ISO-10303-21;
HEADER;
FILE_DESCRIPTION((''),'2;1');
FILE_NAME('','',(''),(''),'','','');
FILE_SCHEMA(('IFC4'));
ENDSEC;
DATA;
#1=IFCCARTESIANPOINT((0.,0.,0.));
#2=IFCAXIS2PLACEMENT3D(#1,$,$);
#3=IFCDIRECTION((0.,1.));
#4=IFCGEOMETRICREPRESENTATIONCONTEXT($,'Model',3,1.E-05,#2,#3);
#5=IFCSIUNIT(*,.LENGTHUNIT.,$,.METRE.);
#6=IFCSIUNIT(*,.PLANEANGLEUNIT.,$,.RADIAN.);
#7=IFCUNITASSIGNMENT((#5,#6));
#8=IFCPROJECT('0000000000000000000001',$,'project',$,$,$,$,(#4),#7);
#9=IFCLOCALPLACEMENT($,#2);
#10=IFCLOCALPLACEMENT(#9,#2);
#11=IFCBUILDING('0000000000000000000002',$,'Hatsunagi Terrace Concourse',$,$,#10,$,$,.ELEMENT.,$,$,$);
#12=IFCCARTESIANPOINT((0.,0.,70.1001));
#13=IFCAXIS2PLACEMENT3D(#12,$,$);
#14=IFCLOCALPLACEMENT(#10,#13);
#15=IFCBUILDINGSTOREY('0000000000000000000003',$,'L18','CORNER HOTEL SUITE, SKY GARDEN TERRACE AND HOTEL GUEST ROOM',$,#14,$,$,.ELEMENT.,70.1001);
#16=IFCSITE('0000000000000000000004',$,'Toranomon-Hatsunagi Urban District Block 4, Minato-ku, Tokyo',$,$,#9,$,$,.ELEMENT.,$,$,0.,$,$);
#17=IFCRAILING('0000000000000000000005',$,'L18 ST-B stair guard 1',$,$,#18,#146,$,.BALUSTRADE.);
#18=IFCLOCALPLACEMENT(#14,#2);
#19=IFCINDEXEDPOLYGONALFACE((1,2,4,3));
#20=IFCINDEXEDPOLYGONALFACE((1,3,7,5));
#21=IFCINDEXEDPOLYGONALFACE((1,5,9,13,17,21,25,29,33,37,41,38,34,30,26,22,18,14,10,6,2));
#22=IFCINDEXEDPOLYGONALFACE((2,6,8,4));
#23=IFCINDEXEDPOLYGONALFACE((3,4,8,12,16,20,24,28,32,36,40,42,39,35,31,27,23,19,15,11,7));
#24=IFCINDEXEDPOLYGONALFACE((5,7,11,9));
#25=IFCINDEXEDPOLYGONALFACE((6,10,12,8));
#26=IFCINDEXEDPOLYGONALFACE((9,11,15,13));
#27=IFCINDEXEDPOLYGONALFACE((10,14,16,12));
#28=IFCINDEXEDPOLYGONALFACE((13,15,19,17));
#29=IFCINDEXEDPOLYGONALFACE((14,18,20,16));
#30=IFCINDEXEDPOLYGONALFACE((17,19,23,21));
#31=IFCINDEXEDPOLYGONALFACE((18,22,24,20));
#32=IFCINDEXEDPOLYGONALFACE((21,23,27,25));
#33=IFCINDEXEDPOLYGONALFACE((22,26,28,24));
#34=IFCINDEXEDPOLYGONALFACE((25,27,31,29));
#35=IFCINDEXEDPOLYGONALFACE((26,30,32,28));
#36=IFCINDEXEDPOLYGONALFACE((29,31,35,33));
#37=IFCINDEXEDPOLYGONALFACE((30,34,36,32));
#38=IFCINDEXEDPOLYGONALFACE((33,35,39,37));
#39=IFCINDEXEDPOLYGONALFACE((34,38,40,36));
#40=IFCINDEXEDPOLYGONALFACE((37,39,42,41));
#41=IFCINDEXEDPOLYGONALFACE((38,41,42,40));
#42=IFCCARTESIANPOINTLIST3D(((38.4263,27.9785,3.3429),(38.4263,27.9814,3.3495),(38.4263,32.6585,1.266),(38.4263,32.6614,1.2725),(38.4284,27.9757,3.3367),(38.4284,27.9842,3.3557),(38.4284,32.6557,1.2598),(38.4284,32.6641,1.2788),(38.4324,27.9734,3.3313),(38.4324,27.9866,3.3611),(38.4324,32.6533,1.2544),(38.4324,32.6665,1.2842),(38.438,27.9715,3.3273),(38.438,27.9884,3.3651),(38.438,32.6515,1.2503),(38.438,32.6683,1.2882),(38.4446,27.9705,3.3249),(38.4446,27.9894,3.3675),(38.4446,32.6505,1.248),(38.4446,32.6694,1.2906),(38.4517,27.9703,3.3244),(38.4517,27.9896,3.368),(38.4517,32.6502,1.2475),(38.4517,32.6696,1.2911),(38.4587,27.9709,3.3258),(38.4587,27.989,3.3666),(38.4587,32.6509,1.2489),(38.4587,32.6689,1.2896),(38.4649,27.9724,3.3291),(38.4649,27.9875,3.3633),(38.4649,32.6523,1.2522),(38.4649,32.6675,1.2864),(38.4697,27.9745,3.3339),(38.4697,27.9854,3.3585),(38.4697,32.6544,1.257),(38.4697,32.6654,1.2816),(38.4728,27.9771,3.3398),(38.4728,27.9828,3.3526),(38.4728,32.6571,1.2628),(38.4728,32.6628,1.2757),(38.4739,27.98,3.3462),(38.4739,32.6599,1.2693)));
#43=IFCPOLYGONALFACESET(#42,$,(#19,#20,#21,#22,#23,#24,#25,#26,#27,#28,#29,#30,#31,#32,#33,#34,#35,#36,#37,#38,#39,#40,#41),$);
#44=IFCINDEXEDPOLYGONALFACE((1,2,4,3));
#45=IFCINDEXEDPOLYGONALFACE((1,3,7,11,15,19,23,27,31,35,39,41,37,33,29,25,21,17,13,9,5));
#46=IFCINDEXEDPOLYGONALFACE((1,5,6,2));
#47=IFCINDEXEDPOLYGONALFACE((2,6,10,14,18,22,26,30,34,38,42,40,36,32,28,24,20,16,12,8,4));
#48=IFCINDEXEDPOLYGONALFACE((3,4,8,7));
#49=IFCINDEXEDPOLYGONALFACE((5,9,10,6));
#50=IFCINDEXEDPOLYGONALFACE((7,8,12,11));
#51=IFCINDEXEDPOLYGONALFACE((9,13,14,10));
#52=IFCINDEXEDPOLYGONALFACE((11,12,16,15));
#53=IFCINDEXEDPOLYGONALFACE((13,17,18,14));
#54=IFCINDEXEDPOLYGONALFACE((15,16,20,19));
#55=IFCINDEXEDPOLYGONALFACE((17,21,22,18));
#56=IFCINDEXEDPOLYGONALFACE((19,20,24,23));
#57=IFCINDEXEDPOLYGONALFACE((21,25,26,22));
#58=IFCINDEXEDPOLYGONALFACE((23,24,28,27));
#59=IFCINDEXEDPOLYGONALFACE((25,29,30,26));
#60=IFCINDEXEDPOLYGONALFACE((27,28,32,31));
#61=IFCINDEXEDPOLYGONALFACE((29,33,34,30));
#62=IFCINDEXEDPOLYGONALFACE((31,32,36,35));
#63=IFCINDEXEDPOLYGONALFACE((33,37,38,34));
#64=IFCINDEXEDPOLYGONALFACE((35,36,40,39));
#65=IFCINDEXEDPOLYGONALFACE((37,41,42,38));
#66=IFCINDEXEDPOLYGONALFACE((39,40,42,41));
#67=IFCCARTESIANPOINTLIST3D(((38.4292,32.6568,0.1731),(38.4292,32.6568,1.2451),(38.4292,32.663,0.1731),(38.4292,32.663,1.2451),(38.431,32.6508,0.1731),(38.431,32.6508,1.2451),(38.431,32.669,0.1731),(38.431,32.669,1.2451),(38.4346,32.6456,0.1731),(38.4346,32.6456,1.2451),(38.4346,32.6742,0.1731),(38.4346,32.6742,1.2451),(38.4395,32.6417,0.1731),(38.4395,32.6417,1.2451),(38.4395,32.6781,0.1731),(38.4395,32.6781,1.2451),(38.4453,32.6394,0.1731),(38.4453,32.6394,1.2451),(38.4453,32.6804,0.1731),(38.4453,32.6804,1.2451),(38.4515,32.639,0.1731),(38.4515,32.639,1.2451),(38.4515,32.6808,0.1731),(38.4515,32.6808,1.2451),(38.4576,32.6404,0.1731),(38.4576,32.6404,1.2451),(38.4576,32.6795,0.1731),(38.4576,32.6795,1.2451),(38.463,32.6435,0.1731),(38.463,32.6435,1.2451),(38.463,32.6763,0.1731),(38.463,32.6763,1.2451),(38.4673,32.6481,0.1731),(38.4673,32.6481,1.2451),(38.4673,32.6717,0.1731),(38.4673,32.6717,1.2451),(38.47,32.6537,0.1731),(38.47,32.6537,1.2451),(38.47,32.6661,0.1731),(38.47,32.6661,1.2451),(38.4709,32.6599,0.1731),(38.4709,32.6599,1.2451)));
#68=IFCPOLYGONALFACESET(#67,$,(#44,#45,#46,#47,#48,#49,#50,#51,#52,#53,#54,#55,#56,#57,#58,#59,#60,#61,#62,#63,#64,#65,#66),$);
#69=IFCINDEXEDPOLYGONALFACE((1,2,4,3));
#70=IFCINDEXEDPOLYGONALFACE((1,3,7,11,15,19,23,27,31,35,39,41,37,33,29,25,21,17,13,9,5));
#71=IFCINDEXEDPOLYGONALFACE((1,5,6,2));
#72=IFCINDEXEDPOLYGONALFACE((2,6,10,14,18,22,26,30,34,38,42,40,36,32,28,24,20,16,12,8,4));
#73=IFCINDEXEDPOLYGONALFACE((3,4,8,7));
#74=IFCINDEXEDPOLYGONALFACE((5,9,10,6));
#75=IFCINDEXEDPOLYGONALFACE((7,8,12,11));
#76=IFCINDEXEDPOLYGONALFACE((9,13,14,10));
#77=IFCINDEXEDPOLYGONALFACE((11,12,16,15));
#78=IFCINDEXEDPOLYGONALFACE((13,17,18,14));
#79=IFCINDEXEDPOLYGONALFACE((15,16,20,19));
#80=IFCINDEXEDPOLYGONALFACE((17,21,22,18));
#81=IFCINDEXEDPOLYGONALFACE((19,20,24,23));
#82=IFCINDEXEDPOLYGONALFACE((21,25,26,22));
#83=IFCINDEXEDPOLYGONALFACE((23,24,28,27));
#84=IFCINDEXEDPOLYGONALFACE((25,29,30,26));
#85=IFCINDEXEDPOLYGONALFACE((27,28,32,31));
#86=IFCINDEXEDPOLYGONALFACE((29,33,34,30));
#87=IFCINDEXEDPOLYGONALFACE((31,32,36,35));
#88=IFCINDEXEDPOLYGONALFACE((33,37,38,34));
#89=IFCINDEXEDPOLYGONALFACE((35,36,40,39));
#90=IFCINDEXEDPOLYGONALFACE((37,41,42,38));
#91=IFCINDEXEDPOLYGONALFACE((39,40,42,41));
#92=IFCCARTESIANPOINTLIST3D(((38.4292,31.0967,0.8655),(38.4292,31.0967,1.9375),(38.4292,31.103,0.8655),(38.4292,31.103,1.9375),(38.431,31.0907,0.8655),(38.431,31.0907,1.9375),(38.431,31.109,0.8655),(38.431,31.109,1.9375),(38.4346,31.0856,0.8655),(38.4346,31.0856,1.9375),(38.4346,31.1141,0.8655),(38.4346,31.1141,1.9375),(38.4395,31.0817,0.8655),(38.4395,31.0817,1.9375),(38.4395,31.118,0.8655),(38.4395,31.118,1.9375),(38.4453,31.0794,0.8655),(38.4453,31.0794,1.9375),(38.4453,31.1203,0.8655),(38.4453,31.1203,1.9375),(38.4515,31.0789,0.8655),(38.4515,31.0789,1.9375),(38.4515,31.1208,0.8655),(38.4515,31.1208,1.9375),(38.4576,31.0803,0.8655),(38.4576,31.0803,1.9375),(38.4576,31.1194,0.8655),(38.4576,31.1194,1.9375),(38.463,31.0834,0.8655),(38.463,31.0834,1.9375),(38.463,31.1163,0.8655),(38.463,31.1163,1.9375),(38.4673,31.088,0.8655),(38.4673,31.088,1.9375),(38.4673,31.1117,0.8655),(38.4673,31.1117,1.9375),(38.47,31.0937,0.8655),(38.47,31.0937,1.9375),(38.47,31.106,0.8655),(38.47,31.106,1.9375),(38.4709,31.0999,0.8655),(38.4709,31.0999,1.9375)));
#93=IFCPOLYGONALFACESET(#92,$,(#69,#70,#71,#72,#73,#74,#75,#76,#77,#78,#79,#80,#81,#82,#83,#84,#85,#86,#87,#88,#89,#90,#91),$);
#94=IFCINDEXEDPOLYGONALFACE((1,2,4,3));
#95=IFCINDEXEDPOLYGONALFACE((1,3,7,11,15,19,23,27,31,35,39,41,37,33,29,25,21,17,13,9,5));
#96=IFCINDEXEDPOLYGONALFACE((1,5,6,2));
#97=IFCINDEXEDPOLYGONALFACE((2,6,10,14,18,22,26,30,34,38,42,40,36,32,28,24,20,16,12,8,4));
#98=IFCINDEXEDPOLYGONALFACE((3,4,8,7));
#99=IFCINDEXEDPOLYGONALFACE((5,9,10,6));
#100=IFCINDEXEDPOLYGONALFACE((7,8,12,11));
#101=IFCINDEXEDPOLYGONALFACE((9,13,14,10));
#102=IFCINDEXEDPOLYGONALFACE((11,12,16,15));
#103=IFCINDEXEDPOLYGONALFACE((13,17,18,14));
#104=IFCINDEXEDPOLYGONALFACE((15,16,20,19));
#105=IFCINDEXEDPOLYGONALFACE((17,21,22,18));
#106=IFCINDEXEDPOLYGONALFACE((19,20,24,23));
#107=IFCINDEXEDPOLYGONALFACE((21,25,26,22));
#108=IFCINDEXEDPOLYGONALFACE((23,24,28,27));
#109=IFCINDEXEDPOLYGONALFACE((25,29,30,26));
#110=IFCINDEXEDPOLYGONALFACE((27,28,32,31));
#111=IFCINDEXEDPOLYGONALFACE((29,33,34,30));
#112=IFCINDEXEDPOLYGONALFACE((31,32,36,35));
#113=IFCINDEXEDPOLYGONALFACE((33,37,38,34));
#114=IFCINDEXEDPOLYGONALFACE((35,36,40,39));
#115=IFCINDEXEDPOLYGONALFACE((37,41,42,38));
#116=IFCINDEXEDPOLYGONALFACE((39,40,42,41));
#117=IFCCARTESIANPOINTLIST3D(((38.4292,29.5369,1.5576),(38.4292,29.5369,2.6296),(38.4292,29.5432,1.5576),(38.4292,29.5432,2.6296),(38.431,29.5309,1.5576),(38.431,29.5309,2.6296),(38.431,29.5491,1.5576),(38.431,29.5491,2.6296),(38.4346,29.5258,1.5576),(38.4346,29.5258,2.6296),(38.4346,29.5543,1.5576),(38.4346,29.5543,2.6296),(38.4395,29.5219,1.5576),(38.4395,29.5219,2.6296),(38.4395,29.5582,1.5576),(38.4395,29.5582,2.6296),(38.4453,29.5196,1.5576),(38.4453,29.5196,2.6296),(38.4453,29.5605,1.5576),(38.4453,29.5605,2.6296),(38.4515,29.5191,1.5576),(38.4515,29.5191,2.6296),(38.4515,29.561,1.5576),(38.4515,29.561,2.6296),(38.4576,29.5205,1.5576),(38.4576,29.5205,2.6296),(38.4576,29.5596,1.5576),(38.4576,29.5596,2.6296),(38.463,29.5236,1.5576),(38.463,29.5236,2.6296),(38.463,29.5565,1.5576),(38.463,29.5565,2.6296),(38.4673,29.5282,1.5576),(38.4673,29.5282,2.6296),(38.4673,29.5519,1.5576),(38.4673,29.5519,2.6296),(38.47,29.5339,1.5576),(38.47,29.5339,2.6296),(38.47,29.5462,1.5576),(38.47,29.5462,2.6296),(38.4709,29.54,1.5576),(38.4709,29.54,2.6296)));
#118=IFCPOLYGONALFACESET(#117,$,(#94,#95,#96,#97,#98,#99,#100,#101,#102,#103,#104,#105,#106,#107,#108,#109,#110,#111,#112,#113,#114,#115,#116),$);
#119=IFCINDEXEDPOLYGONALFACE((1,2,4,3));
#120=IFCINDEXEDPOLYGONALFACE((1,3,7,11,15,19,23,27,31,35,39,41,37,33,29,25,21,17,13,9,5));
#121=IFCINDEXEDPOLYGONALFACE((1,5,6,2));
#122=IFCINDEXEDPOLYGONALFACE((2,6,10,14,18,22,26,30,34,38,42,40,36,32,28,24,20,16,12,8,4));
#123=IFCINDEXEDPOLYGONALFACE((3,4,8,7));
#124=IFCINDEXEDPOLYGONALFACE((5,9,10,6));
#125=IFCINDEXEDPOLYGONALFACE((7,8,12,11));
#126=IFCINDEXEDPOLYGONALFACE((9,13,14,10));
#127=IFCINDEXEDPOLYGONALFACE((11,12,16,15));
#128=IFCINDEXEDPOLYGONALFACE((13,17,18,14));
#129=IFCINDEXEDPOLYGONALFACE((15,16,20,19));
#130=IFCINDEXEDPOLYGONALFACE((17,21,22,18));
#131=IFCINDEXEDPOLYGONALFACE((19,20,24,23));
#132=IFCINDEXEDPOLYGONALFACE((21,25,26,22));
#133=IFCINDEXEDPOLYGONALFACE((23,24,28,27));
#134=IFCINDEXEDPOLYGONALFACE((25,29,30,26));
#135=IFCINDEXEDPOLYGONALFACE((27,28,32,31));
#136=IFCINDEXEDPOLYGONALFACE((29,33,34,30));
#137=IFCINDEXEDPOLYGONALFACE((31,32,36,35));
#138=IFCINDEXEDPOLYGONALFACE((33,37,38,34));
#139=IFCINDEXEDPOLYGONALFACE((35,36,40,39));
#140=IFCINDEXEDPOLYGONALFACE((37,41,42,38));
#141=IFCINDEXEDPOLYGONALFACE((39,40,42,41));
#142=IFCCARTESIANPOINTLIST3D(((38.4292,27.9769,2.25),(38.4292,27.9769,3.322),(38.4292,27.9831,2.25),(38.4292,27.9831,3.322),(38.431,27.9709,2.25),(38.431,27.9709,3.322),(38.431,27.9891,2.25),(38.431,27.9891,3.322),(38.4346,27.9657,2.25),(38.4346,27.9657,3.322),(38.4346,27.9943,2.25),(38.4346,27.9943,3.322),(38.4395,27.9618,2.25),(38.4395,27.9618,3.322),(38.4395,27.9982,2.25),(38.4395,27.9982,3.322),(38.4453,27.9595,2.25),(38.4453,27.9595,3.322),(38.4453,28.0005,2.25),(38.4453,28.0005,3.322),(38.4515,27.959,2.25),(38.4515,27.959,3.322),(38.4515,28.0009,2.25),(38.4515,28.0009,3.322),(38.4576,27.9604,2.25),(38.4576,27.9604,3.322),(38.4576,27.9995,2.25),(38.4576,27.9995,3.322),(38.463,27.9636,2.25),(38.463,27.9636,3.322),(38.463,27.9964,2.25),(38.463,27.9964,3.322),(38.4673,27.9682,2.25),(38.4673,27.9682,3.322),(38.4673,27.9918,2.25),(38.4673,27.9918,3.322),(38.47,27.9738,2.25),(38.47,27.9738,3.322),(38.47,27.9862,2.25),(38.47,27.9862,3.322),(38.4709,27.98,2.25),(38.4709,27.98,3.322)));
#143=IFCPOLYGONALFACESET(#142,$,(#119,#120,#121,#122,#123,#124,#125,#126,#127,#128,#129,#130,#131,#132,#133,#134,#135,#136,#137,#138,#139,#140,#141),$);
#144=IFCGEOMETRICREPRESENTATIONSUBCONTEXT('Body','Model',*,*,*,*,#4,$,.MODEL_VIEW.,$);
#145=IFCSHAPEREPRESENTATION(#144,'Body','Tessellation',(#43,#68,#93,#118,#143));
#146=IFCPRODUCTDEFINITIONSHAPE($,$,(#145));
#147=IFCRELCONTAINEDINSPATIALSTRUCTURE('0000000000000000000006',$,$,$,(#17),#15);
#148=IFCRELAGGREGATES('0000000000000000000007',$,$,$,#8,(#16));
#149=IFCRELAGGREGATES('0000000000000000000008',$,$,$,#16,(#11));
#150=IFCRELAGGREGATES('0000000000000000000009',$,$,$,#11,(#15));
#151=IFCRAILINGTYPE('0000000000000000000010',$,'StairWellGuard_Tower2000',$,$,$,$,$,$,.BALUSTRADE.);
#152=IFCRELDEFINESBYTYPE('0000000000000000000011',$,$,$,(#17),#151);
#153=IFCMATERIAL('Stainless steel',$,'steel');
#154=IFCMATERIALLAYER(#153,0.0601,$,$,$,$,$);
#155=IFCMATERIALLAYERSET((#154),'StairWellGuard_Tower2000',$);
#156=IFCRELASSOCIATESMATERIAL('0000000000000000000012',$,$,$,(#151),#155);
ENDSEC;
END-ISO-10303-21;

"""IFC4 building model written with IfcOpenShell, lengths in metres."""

from ifc_helpers import new_model, si_unit, direction, frame, origin, origin_2d, place, context, subcontext, project, spatial, circle, extrude, material, layer, layer_set, type_object, element, save


model = new_model("IFC4")

# Units and contexts
model_context = context("Model", 3, precision=1e-05, world=origin(), true_north=direction((0.0, 1.0)))
body_context = subcontext(model_context, "Body", "Model", "MODEL_VIEW")
ifc_project = project(units=[si_unit("LENGTHUNIT", "METRE"), si_unit("PLANEANGLEUNIT", "RADIAN")], contexts=[model_context])

# Site, building, storey
site_placement = place(None, origin())
site = spatial("IfcSite", under=ifc_project, at=site_placement, Name="Toranomon-Hatsunagi Urban District Block 4, Minato-ku, Tokyo", CompositionType="ELEMENT", RefElevation=0.0)
building_placement = place(site_placement, origin())
building = spatial("IfcBuilding", under=site, at=building_placement, Name="Hatsunagi Terrace Concourse", CompositionType="ELEMENT")
storey_placement = place(building_placement, frame((0.0, 0.0, 70.1001)))
storey = spatial("IfcBuildingStorey", under=building, at=storey_placement, Name="L18", Description="CORNER HOTEL SUITE, SKY GARDEN TERRACE AND HOTEL GUEST ROOM", CompositionType="ELEMENT", Elevation=70.1001)

# Railing
ifc_material_1 = material(Name="Stainless steel", Category="steel")
ifc_layer_1 = layer(ifc_material_1, 0.0601)
ifc_layer_set_1 = layer_set([ifc_layer_1], Name="StairWellGuard_Tower2000")
railing_type_1 = type_object("IfcRailingType", Name="StairWellGuard_Tower2000", PredefinedType="BALUSTRADE", material=ifc_layer_set_1)
railing_1_placement = place(storey_placement, frame((38.45, 32.6599, 0.1731)))
element("IfcRailing", 1, at=railing_1_placement, inside=storey, type_object=railing_type_1, Name="L18 ST-B stair guard 1", PredefinedType="BALUSTRADE", context=body_context, shape_type="SweptSolid", body=[
    extrude(circle(Radius=0.0239, at=origin_2d()), frame((0.0, 0.0, 1.0962), z_axis=(0.0, -0.914034, 0.405638), x_axis=(1.0, 0.0, 0.0)), (0.0, 0.0, 1.0), 5.1201),
    extrude(circle(Radius=0.021, at=origin_2d()), origin(), (0.0, 0.0, 1.0), 1.072),
    extrude(circle(Radius=0.021, at=origin_2d()), frame((0.0, -1.5601, 0.6924)), (0.0, 0.0, 1.0), 1.072),
    extrude(circle(Radius=0.021, at=origin_2d()), frame((0.0, -3.1199, 1.3845)), (0.0, 0.0, 1.0), 1.072),
    extrude(circle(Radius=0.021, at=origin_2d()), frame((0.0, -4.6799, 2.0769)), (0.0, 0.0, 1.0), 1.072),
])

save(model, "model.ifc")
